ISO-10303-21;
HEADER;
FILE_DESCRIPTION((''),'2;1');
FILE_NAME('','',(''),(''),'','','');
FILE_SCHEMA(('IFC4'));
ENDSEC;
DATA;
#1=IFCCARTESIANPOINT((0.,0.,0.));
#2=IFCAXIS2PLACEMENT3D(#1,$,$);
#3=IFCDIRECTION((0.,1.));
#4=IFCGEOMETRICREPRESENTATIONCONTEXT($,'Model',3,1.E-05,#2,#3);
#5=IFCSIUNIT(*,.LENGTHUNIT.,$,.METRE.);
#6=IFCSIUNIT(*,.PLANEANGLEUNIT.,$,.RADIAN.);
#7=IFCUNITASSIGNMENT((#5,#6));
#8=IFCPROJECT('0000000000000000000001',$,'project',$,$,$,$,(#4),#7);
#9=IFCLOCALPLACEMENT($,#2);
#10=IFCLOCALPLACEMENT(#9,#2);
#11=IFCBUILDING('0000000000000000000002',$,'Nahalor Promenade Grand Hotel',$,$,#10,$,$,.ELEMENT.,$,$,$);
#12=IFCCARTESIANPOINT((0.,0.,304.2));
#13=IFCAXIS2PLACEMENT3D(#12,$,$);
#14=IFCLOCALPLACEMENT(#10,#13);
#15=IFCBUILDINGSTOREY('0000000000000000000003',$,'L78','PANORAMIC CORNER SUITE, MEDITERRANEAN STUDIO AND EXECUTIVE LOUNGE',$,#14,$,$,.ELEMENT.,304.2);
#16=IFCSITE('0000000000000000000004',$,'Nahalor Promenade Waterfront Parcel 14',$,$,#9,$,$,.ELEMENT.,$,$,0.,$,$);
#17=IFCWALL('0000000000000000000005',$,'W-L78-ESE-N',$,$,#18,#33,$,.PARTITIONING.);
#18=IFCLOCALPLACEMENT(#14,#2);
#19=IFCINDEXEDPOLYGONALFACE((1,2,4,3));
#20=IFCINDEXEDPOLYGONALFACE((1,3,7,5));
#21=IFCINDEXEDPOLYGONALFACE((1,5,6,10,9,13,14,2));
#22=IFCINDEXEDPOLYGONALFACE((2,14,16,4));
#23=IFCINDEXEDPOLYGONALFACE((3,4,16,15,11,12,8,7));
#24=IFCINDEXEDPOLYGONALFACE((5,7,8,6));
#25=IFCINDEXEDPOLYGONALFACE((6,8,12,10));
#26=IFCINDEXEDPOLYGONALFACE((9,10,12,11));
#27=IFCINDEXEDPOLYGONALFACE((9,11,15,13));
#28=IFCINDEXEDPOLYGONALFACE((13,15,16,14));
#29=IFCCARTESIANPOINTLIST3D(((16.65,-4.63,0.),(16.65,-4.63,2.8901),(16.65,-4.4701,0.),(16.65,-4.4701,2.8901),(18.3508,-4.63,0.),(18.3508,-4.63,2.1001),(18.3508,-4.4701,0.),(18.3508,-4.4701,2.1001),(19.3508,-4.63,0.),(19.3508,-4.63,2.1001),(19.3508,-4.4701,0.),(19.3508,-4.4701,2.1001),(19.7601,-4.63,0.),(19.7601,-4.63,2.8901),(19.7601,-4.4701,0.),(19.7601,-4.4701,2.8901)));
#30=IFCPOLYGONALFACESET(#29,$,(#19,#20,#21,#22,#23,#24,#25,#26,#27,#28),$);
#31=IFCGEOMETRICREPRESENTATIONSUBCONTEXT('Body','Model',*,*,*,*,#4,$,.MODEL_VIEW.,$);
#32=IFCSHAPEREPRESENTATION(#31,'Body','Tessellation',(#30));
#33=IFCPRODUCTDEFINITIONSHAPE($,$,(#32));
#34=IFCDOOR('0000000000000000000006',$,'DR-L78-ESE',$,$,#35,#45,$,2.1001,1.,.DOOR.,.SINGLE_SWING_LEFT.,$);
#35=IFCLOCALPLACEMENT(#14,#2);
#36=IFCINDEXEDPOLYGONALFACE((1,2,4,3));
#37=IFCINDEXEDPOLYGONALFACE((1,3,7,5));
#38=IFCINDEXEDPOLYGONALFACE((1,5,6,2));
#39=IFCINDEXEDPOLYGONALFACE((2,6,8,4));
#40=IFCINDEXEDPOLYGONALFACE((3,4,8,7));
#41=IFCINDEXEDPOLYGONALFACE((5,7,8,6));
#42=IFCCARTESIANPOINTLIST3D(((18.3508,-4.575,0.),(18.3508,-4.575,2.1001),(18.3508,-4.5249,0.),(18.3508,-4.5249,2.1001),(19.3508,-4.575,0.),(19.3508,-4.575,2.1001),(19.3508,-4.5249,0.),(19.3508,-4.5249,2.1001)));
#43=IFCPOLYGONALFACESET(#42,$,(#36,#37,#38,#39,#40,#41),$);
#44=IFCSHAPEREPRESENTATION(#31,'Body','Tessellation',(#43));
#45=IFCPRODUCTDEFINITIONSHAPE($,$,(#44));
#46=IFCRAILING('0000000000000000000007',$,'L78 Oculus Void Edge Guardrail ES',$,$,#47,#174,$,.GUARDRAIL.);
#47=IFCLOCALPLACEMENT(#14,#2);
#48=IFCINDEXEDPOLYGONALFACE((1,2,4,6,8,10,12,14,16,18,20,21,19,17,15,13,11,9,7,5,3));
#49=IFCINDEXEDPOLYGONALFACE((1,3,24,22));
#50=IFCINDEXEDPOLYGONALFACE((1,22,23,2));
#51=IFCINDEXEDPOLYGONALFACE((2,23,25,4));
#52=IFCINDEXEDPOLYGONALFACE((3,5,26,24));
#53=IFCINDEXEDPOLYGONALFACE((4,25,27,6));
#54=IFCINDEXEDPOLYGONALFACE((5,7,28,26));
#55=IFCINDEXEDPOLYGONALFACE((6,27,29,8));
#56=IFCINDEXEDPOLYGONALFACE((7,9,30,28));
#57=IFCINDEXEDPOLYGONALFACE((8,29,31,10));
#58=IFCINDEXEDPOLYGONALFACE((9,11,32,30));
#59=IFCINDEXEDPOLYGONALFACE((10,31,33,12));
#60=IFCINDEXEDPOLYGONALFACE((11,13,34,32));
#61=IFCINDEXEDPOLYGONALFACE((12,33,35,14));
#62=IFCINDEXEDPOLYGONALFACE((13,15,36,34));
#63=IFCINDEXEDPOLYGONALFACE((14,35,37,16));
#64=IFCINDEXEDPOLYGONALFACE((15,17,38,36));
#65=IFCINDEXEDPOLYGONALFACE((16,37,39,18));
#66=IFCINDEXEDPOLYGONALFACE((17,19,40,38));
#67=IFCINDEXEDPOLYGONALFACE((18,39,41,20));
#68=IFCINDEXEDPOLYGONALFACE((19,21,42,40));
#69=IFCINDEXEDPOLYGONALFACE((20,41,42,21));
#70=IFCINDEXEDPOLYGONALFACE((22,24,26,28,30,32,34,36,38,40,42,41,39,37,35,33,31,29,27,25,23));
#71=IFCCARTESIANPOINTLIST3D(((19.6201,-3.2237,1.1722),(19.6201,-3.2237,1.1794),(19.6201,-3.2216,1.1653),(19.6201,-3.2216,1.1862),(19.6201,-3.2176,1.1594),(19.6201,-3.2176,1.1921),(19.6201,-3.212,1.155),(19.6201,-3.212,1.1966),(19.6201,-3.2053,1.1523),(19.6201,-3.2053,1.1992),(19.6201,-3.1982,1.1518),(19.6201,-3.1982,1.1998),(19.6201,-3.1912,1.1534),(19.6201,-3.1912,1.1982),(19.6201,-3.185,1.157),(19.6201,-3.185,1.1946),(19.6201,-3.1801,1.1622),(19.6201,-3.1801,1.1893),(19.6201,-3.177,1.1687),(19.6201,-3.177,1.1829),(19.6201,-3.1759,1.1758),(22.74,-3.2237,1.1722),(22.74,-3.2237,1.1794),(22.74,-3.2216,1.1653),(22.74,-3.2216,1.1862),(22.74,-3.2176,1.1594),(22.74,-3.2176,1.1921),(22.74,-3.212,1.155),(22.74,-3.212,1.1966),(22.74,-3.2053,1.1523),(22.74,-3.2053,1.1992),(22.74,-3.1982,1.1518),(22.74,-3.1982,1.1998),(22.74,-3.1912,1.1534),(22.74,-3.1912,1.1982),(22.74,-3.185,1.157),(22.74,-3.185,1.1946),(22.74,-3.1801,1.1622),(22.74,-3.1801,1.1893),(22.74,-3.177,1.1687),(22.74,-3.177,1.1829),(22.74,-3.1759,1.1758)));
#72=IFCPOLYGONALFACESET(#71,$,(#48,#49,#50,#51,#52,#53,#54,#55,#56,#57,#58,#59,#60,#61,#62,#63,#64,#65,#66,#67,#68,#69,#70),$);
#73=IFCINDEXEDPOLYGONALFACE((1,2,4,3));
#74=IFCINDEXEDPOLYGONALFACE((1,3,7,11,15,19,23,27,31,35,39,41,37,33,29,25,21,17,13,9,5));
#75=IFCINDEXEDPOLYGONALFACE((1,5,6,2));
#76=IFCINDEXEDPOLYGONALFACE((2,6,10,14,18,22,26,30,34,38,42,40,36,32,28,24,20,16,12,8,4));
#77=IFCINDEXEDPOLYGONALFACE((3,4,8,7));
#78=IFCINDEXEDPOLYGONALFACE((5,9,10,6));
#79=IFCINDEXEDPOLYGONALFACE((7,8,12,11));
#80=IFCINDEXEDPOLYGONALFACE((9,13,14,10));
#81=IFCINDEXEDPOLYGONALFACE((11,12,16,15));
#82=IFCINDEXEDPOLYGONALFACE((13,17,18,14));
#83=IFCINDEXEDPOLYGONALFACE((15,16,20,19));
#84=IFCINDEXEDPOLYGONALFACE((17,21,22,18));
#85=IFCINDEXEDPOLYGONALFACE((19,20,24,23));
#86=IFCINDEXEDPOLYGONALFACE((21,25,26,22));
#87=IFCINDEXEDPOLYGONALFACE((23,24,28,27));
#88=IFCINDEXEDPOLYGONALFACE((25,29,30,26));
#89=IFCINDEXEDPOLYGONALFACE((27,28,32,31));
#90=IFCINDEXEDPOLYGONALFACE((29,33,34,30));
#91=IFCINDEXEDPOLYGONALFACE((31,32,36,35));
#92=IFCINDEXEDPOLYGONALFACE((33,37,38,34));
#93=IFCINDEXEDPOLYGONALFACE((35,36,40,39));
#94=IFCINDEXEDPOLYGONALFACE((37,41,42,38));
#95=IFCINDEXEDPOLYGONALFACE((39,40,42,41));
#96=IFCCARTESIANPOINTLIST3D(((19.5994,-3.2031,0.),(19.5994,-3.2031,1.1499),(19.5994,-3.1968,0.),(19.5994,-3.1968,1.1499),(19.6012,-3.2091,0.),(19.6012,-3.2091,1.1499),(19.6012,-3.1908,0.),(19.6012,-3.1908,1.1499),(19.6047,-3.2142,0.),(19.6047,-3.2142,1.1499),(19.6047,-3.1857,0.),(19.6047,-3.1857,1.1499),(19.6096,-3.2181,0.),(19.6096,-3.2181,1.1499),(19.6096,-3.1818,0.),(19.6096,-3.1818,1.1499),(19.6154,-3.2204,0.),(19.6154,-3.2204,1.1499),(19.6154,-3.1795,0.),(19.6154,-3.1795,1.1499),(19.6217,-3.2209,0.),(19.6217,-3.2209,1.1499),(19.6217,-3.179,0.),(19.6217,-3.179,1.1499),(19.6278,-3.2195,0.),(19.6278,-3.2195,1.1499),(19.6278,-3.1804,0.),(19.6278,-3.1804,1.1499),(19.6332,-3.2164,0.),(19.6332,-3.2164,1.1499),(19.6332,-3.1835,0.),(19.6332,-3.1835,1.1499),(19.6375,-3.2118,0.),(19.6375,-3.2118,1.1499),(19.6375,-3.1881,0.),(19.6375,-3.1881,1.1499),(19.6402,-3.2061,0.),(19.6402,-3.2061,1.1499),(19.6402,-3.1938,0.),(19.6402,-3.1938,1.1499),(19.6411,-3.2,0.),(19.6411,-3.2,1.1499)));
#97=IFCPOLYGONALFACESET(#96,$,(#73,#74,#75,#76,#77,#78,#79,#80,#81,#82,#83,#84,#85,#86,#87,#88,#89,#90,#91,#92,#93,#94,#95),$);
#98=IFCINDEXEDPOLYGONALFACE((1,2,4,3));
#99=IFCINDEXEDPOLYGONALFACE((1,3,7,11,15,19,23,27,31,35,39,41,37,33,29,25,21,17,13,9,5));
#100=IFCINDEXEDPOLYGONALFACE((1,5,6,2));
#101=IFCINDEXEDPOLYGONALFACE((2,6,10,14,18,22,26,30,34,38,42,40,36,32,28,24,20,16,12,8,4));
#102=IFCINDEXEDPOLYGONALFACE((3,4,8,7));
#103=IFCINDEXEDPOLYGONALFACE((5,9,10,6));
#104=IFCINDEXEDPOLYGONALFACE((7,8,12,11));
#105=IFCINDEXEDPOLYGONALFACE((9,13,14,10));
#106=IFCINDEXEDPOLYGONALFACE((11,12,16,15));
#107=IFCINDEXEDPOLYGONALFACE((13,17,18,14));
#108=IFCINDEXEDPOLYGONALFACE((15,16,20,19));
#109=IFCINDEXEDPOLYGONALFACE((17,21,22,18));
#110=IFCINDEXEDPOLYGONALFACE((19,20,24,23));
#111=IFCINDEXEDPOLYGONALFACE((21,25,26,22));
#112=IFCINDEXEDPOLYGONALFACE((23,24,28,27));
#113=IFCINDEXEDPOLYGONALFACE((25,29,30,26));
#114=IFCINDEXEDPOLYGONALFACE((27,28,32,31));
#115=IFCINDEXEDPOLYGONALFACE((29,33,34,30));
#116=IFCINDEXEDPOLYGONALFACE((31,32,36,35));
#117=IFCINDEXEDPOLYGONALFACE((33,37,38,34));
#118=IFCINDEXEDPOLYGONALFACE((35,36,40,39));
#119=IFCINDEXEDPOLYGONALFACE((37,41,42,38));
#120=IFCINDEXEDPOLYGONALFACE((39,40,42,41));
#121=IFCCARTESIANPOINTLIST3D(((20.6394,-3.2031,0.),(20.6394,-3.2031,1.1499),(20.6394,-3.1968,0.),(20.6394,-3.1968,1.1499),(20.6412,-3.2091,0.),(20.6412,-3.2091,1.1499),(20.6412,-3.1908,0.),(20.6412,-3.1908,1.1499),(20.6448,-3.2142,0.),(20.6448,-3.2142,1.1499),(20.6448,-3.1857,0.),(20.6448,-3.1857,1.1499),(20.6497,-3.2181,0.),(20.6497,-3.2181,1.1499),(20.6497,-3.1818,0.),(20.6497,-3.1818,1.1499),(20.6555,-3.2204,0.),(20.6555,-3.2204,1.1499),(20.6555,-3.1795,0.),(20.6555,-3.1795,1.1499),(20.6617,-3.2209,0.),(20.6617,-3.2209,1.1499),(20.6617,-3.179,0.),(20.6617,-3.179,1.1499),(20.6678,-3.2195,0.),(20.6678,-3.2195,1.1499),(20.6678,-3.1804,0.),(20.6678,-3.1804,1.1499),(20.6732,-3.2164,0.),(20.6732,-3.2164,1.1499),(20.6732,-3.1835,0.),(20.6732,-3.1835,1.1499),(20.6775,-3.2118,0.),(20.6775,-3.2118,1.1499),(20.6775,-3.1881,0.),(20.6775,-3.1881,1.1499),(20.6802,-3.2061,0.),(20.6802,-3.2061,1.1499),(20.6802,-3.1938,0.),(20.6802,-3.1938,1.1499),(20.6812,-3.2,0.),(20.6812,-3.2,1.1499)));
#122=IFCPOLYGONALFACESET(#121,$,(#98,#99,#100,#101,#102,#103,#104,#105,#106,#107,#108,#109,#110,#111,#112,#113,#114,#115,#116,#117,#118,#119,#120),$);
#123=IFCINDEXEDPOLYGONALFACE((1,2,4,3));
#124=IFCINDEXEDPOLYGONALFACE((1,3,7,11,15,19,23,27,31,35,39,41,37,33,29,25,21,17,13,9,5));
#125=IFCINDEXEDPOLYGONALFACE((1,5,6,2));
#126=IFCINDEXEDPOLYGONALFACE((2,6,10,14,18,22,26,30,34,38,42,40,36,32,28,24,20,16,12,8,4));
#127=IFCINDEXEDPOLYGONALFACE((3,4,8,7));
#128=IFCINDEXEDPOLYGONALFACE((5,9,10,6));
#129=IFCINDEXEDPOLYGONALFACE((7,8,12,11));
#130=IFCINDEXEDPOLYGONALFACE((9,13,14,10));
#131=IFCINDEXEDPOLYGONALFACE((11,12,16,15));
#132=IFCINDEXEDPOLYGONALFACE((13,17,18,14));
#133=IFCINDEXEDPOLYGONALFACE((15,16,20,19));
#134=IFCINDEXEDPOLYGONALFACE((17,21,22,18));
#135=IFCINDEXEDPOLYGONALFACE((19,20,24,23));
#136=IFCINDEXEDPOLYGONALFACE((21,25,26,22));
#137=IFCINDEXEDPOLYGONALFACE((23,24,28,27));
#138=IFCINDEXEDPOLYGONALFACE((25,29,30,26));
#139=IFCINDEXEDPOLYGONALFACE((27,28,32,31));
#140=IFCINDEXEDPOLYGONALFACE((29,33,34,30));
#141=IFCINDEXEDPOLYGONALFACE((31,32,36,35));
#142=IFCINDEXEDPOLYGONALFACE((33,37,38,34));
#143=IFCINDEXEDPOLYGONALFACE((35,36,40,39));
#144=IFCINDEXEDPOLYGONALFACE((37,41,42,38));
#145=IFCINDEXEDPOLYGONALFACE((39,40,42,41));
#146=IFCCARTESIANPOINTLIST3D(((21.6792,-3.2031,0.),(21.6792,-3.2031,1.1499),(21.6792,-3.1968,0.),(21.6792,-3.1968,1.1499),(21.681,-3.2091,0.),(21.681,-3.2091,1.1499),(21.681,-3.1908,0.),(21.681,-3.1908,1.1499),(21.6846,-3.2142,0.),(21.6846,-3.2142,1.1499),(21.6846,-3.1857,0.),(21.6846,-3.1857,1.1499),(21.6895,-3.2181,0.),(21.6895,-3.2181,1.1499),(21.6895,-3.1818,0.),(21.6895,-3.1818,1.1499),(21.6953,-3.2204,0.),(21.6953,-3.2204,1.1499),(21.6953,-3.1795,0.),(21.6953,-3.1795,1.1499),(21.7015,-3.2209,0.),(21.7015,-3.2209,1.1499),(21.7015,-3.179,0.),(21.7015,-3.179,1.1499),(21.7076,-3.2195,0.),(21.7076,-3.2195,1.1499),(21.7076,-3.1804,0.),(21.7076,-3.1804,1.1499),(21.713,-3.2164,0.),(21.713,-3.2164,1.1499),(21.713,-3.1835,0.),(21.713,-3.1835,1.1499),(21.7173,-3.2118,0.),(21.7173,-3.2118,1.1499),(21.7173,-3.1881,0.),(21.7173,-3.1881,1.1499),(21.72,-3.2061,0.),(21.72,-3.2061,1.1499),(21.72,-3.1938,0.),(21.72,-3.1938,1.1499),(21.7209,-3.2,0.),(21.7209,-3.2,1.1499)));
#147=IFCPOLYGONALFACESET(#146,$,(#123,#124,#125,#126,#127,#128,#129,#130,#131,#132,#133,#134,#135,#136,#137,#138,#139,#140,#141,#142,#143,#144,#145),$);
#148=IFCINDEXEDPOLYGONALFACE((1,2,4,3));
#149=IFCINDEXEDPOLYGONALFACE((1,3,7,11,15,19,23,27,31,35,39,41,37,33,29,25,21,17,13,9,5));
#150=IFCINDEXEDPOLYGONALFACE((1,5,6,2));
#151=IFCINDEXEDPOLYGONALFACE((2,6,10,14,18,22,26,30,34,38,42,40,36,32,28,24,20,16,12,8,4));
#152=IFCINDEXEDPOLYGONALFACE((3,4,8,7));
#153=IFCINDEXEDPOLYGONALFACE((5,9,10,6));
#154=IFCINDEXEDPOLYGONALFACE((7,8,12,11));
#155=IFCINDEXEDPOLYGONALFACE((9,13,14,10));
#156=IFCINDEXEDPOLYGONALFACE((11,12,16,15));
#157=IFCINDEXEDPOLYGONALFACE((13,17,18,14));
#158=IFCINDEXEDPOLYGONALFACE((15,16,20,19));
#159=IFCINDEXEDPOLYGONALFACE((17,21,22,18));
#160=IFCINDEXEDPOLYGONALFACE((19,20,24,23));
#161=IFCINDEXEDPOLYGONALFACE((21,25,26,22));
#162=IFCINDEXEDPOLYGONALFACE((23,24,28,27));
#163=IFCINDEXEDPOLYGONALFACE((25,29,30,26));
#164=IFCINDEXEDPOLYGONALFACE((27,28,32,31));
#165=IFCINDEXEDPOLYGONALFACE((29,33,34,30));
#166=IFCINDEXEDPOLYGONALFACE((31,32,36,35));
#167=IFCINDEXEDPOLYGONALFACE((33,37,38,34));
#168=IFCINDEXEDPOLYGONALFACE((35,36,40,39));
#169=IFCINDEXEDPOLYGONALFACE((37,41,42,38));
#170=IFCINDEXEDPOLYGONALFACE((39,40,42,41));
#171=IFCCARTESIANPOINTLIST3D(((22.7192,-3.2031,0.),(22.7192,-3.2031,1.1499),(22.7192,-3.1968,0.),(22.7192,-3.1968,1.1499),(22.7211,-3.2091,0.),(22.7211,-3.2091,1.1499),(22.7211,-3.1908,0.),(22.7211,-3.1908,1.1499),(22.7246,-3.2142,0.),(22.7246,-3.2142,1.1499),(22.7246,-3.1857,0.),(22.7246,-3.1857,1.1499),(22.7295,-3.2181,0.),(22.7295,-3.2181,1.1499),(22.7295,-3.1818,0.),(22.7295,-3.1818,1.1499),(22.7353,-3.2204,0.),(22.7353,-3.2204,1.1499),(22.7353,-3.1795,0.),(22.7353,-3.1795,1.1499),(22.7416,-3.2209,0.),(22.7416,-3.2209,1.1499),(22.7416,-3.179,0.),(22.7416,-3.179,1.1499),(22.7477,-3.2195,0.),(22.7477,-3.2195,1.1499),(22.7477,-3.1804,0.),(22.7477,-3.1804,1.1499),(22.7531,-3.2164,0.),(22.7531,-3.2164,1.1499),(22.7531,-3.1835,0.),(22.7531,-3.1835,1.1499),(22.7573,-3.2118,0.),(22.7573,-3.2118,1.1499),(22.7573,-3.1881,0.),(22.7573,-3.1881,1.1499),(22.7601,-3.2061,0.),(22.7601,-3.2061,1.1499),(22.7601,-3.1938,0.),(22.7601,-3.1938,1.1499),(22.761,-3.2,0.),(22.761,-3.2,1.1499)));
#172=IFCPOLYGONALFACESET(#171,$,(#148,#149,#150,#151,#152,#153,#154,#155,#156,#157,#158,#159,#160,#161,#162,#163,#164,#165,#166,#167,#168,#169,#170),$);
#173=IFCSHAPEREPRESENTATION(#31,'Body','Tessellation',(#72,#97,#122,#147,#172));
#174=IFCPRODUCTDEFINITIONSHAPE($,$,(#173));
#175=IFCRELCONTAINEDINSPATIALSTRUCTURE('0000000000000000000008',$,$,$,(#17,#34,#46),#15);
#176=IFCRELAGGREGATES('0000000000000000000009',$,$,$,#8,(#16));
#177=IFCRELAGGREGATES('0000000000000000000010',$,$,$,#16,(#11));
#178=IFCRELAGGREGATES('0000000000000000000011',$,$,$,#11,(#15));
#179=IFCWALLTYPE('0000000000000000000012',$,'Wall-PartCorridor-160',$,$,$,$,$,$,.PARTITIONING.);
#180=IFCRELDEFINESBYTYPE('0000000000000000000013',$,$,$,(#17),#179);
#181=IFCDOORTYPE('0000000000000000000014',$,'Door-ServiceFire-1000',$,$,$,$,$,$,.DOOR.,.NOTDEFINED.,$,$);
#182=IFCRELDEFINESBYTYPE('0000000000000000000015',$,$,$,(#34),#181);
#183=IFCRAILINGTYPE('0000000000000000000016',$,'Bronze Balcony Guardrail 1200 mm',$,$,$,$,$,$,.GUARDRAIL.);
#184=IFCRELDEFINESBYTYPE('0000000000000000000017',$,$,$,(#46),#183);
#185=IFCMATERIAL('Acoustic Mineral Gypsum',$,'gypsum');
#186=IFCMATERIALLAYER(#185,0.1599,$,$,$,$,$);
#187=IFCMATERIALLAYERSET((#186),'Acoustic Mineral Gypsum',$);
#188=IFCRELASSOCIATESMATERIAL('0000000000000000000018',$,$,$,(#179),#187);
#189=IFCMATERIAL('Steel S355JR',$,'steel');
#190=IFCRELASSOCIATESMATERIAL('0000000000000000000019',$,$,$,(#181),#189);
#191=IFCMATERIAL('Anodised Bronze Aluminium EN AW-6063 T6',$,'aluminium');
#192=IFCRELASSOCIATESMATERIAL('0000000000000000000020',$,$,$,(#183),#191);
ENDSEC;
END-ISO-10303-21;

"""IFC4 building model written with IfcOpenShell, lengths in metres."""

from ifc_helpers import new_model, si_unit, direction, frame, frame_2d, origin, origin_2d, place, context, subcontext, project, spatial, rectangle, circle, extrude, source, transform, mapped, material, layer, layer_set, type_object, element, fill, save


model = new_model("IFC4")

# Units and contexts
model_context = context("Model", 3, precision=1e-05, world=origin(), true_north=direction((0.0, 1.0)))
body_context = subcontext(model_context, "Body", "Model", "MODEL_VIEW")
ifc_project = project(units=[si_unit("LENGTHUNIT", "METRE"), si_unit("PLANEANGLEUNIT", "RADIAN")], contexts=[model_context])

# Site, building, storey
site_placement = place(None, origin())
site = spatial("IfcSite", under=ifc_project, at=site_placement, Name="Nahalor Promenade Waterfront Parcel 14", CompositionType="ELEMENT", RefElevation=0.0)
building_placement = place(site_placement, origin())
building = spatial("IfcBuilding", under=site, at=building_placement, Name="Nahalor Promenade Grand Hotel", CompositionType="ELEMENT")
storey_placement = place(building_placement, frame((0.0, 0.0, 304.2)))
storey = spatial("IfcBuildingStorey", under=building, at=storey_placement, Name="L78", Description="PANORAMIC CORNER SUITE, MEDITERRANEAN STUDIO AND EXECUTIVE LOUNGE", CompositionType="ELEMENT", Elevation=304.2)

# Shared definitions
ifc_material_1 = material(Name="Steel S355JR", Category="steel")

# Shared definitions
ifc_material_2 = material(Name="Anodised Bronze Aluminium EN AW-6063 T6", Category="aluminium")

# Shared definitions
ifc_material_3 = material(Name="Acoustic Mineral Gypsum", Category="gypsum")
ifc_layer_1 = layer(ifc_material_3, 0.1599)
ifc_layer_set_1 = layer_set([ifc_layer_1], Name="Acoustic Mineral Gypsum")
wall_type = type_object("IfcWallType", Name="Wall-PartCorridor-160", PredefinedType="PARTITIONING", material=ifc_layer_set_1)

# Wall, opening, door
shared_shape_1 = source(origin(), body_context, "Body", "SweptSolid", [
    extrude(rectangle(XDim=3.1101, YDim=0.1599, at=frame_2d((1.5552, 0.0))), origin(), (0.0, 0.0, 1.0), 2.8901),
])
wall_1_placement = place(storey_placement, frame((16.6499, -4.55, 0.0), z_axis=(0.0, 0.0, 1.0), x_axis=(1.0, 0.0, 0.0)))
wall_1 = element("IfcWall", 1, at=wall_1_placement, inside=storey, type_object=wall_type, Name="W-L78-ESE-N", PredefinedType="PARTITIONING", context=body_context, shape_type="MappedRepresentation", body=[
    mapped(shared_shape_1, transform((0.0, 0.0, 0.0), scale=1.0)),
])
opening_1_placement = place(wall_1_placement, frame((1.7009, 0.0, 0.0)))
opening_1 = element("IfcOpeningElement", 2, at=opening_1_placement, cuts=wall_1, PredefinedType="OPENING", context=body_context, shape_type="SweptSolid", body=[
    extrude(rectangle(XDim=1.0, YDim=2.1001, at=frame_2d((0.5, 1.05))), frame((0.0, 0.0898, 0.0), z_axis=(0.0, -1.0, 0.0), x_axis=(1.0, 0.0, 0.0)), (0.0, 0.0, 1.0), 0.1799),
])
door_type_1 = type_object("IfcDoorType", Name="Door-ServiceFire-1000", OperationType="NOTDEFINED", PredefinedType="DOOR", material=ifc_material_1)
shared_shape_2 = source(origin(), body_context, "Body", "SweptSolid", [
    extrude(rectangle(XDim=1.0, YDim=2.1001, at=frame_2d((0.5, 1.05))), frame((0.0, 0.0249, 0.0), z_axis=(0.0, -1.0, 0.0), x_axis=(1.0, 0.0, 0.0)), (0.0, 0.0, 1.0), 0.05),
])
door_1_placement = place(opening_1_placement, frame((1.0, 0.0, 0.0), z_axis=(0.0, 0.0, 1.0), x_axis=(-1.0, 0.0, 0.0)))
door_1 = element("IfcDoor", 3, at=door_1_placement, inside=storey, type_object=door_type_1, Name="DR-L78-ESE", OperationType="SINGLE_SWING_LEFT", OverallHeight=2.1001, OverallWidth=1.0, PredefinedType="DOOR", context=body_context, shape_type="MappedRepresentation", body=[
    mapped(shared_shape_2, transform((0.0, 0.0, 0.0), scale=1.0)),
])
fill(opening_1, door_1)

# Railing
railing_type = type_object("IfcRailingType", Name="Bronze Balcony Guardrail 1200 mm", PredefinedType="GUARDRAIL", material=ifc_material_2)
railing_placement = place(storey_placement, frame((19.6201, -3.2, 0.0)))
element("IfcRailing", 4, at=railing_placement, inside=storey, type_object=railing_type, Name="L78 Oculus Void Edge Guardrail ES", PredefinedType="GUARDRAIL", context=body_context, shape_type="SweptSolid", body=[
    extrude(circle(Radius=0.024, at=origin_2d()), frame((0.0, 0.0, 1.1758), z_axis=(1.0, 0.0, 0.0), x_axis=(0.0, 1.0, 0.0)), (0.0, 0.0, 1.0), 3.1199),
    extrude(circle(Radius=0.021, at=origin_2d()), origin(), (0.0, 0.0, 1.0), 1.1499),
    extrude(circle(Radius=0.021, at=origin_2d()), frame((1.04, 0.0, 0.0)), (0.0, 0.0, 1.0), 1.1499),
    extrude(circle(Radius=0.021, at=origin_2d()), frame((2.0798, 0.0, 0.0)), (0.0, 0.0, 1.0), 1.1499),
    extrude(circle(Radius=0.021, at=origin_2d()), frame((3.1199, 0.0, 0.0)), (0.0, 0.0, 1.0), 1.1499),
])

save(model, "model.ifc")
